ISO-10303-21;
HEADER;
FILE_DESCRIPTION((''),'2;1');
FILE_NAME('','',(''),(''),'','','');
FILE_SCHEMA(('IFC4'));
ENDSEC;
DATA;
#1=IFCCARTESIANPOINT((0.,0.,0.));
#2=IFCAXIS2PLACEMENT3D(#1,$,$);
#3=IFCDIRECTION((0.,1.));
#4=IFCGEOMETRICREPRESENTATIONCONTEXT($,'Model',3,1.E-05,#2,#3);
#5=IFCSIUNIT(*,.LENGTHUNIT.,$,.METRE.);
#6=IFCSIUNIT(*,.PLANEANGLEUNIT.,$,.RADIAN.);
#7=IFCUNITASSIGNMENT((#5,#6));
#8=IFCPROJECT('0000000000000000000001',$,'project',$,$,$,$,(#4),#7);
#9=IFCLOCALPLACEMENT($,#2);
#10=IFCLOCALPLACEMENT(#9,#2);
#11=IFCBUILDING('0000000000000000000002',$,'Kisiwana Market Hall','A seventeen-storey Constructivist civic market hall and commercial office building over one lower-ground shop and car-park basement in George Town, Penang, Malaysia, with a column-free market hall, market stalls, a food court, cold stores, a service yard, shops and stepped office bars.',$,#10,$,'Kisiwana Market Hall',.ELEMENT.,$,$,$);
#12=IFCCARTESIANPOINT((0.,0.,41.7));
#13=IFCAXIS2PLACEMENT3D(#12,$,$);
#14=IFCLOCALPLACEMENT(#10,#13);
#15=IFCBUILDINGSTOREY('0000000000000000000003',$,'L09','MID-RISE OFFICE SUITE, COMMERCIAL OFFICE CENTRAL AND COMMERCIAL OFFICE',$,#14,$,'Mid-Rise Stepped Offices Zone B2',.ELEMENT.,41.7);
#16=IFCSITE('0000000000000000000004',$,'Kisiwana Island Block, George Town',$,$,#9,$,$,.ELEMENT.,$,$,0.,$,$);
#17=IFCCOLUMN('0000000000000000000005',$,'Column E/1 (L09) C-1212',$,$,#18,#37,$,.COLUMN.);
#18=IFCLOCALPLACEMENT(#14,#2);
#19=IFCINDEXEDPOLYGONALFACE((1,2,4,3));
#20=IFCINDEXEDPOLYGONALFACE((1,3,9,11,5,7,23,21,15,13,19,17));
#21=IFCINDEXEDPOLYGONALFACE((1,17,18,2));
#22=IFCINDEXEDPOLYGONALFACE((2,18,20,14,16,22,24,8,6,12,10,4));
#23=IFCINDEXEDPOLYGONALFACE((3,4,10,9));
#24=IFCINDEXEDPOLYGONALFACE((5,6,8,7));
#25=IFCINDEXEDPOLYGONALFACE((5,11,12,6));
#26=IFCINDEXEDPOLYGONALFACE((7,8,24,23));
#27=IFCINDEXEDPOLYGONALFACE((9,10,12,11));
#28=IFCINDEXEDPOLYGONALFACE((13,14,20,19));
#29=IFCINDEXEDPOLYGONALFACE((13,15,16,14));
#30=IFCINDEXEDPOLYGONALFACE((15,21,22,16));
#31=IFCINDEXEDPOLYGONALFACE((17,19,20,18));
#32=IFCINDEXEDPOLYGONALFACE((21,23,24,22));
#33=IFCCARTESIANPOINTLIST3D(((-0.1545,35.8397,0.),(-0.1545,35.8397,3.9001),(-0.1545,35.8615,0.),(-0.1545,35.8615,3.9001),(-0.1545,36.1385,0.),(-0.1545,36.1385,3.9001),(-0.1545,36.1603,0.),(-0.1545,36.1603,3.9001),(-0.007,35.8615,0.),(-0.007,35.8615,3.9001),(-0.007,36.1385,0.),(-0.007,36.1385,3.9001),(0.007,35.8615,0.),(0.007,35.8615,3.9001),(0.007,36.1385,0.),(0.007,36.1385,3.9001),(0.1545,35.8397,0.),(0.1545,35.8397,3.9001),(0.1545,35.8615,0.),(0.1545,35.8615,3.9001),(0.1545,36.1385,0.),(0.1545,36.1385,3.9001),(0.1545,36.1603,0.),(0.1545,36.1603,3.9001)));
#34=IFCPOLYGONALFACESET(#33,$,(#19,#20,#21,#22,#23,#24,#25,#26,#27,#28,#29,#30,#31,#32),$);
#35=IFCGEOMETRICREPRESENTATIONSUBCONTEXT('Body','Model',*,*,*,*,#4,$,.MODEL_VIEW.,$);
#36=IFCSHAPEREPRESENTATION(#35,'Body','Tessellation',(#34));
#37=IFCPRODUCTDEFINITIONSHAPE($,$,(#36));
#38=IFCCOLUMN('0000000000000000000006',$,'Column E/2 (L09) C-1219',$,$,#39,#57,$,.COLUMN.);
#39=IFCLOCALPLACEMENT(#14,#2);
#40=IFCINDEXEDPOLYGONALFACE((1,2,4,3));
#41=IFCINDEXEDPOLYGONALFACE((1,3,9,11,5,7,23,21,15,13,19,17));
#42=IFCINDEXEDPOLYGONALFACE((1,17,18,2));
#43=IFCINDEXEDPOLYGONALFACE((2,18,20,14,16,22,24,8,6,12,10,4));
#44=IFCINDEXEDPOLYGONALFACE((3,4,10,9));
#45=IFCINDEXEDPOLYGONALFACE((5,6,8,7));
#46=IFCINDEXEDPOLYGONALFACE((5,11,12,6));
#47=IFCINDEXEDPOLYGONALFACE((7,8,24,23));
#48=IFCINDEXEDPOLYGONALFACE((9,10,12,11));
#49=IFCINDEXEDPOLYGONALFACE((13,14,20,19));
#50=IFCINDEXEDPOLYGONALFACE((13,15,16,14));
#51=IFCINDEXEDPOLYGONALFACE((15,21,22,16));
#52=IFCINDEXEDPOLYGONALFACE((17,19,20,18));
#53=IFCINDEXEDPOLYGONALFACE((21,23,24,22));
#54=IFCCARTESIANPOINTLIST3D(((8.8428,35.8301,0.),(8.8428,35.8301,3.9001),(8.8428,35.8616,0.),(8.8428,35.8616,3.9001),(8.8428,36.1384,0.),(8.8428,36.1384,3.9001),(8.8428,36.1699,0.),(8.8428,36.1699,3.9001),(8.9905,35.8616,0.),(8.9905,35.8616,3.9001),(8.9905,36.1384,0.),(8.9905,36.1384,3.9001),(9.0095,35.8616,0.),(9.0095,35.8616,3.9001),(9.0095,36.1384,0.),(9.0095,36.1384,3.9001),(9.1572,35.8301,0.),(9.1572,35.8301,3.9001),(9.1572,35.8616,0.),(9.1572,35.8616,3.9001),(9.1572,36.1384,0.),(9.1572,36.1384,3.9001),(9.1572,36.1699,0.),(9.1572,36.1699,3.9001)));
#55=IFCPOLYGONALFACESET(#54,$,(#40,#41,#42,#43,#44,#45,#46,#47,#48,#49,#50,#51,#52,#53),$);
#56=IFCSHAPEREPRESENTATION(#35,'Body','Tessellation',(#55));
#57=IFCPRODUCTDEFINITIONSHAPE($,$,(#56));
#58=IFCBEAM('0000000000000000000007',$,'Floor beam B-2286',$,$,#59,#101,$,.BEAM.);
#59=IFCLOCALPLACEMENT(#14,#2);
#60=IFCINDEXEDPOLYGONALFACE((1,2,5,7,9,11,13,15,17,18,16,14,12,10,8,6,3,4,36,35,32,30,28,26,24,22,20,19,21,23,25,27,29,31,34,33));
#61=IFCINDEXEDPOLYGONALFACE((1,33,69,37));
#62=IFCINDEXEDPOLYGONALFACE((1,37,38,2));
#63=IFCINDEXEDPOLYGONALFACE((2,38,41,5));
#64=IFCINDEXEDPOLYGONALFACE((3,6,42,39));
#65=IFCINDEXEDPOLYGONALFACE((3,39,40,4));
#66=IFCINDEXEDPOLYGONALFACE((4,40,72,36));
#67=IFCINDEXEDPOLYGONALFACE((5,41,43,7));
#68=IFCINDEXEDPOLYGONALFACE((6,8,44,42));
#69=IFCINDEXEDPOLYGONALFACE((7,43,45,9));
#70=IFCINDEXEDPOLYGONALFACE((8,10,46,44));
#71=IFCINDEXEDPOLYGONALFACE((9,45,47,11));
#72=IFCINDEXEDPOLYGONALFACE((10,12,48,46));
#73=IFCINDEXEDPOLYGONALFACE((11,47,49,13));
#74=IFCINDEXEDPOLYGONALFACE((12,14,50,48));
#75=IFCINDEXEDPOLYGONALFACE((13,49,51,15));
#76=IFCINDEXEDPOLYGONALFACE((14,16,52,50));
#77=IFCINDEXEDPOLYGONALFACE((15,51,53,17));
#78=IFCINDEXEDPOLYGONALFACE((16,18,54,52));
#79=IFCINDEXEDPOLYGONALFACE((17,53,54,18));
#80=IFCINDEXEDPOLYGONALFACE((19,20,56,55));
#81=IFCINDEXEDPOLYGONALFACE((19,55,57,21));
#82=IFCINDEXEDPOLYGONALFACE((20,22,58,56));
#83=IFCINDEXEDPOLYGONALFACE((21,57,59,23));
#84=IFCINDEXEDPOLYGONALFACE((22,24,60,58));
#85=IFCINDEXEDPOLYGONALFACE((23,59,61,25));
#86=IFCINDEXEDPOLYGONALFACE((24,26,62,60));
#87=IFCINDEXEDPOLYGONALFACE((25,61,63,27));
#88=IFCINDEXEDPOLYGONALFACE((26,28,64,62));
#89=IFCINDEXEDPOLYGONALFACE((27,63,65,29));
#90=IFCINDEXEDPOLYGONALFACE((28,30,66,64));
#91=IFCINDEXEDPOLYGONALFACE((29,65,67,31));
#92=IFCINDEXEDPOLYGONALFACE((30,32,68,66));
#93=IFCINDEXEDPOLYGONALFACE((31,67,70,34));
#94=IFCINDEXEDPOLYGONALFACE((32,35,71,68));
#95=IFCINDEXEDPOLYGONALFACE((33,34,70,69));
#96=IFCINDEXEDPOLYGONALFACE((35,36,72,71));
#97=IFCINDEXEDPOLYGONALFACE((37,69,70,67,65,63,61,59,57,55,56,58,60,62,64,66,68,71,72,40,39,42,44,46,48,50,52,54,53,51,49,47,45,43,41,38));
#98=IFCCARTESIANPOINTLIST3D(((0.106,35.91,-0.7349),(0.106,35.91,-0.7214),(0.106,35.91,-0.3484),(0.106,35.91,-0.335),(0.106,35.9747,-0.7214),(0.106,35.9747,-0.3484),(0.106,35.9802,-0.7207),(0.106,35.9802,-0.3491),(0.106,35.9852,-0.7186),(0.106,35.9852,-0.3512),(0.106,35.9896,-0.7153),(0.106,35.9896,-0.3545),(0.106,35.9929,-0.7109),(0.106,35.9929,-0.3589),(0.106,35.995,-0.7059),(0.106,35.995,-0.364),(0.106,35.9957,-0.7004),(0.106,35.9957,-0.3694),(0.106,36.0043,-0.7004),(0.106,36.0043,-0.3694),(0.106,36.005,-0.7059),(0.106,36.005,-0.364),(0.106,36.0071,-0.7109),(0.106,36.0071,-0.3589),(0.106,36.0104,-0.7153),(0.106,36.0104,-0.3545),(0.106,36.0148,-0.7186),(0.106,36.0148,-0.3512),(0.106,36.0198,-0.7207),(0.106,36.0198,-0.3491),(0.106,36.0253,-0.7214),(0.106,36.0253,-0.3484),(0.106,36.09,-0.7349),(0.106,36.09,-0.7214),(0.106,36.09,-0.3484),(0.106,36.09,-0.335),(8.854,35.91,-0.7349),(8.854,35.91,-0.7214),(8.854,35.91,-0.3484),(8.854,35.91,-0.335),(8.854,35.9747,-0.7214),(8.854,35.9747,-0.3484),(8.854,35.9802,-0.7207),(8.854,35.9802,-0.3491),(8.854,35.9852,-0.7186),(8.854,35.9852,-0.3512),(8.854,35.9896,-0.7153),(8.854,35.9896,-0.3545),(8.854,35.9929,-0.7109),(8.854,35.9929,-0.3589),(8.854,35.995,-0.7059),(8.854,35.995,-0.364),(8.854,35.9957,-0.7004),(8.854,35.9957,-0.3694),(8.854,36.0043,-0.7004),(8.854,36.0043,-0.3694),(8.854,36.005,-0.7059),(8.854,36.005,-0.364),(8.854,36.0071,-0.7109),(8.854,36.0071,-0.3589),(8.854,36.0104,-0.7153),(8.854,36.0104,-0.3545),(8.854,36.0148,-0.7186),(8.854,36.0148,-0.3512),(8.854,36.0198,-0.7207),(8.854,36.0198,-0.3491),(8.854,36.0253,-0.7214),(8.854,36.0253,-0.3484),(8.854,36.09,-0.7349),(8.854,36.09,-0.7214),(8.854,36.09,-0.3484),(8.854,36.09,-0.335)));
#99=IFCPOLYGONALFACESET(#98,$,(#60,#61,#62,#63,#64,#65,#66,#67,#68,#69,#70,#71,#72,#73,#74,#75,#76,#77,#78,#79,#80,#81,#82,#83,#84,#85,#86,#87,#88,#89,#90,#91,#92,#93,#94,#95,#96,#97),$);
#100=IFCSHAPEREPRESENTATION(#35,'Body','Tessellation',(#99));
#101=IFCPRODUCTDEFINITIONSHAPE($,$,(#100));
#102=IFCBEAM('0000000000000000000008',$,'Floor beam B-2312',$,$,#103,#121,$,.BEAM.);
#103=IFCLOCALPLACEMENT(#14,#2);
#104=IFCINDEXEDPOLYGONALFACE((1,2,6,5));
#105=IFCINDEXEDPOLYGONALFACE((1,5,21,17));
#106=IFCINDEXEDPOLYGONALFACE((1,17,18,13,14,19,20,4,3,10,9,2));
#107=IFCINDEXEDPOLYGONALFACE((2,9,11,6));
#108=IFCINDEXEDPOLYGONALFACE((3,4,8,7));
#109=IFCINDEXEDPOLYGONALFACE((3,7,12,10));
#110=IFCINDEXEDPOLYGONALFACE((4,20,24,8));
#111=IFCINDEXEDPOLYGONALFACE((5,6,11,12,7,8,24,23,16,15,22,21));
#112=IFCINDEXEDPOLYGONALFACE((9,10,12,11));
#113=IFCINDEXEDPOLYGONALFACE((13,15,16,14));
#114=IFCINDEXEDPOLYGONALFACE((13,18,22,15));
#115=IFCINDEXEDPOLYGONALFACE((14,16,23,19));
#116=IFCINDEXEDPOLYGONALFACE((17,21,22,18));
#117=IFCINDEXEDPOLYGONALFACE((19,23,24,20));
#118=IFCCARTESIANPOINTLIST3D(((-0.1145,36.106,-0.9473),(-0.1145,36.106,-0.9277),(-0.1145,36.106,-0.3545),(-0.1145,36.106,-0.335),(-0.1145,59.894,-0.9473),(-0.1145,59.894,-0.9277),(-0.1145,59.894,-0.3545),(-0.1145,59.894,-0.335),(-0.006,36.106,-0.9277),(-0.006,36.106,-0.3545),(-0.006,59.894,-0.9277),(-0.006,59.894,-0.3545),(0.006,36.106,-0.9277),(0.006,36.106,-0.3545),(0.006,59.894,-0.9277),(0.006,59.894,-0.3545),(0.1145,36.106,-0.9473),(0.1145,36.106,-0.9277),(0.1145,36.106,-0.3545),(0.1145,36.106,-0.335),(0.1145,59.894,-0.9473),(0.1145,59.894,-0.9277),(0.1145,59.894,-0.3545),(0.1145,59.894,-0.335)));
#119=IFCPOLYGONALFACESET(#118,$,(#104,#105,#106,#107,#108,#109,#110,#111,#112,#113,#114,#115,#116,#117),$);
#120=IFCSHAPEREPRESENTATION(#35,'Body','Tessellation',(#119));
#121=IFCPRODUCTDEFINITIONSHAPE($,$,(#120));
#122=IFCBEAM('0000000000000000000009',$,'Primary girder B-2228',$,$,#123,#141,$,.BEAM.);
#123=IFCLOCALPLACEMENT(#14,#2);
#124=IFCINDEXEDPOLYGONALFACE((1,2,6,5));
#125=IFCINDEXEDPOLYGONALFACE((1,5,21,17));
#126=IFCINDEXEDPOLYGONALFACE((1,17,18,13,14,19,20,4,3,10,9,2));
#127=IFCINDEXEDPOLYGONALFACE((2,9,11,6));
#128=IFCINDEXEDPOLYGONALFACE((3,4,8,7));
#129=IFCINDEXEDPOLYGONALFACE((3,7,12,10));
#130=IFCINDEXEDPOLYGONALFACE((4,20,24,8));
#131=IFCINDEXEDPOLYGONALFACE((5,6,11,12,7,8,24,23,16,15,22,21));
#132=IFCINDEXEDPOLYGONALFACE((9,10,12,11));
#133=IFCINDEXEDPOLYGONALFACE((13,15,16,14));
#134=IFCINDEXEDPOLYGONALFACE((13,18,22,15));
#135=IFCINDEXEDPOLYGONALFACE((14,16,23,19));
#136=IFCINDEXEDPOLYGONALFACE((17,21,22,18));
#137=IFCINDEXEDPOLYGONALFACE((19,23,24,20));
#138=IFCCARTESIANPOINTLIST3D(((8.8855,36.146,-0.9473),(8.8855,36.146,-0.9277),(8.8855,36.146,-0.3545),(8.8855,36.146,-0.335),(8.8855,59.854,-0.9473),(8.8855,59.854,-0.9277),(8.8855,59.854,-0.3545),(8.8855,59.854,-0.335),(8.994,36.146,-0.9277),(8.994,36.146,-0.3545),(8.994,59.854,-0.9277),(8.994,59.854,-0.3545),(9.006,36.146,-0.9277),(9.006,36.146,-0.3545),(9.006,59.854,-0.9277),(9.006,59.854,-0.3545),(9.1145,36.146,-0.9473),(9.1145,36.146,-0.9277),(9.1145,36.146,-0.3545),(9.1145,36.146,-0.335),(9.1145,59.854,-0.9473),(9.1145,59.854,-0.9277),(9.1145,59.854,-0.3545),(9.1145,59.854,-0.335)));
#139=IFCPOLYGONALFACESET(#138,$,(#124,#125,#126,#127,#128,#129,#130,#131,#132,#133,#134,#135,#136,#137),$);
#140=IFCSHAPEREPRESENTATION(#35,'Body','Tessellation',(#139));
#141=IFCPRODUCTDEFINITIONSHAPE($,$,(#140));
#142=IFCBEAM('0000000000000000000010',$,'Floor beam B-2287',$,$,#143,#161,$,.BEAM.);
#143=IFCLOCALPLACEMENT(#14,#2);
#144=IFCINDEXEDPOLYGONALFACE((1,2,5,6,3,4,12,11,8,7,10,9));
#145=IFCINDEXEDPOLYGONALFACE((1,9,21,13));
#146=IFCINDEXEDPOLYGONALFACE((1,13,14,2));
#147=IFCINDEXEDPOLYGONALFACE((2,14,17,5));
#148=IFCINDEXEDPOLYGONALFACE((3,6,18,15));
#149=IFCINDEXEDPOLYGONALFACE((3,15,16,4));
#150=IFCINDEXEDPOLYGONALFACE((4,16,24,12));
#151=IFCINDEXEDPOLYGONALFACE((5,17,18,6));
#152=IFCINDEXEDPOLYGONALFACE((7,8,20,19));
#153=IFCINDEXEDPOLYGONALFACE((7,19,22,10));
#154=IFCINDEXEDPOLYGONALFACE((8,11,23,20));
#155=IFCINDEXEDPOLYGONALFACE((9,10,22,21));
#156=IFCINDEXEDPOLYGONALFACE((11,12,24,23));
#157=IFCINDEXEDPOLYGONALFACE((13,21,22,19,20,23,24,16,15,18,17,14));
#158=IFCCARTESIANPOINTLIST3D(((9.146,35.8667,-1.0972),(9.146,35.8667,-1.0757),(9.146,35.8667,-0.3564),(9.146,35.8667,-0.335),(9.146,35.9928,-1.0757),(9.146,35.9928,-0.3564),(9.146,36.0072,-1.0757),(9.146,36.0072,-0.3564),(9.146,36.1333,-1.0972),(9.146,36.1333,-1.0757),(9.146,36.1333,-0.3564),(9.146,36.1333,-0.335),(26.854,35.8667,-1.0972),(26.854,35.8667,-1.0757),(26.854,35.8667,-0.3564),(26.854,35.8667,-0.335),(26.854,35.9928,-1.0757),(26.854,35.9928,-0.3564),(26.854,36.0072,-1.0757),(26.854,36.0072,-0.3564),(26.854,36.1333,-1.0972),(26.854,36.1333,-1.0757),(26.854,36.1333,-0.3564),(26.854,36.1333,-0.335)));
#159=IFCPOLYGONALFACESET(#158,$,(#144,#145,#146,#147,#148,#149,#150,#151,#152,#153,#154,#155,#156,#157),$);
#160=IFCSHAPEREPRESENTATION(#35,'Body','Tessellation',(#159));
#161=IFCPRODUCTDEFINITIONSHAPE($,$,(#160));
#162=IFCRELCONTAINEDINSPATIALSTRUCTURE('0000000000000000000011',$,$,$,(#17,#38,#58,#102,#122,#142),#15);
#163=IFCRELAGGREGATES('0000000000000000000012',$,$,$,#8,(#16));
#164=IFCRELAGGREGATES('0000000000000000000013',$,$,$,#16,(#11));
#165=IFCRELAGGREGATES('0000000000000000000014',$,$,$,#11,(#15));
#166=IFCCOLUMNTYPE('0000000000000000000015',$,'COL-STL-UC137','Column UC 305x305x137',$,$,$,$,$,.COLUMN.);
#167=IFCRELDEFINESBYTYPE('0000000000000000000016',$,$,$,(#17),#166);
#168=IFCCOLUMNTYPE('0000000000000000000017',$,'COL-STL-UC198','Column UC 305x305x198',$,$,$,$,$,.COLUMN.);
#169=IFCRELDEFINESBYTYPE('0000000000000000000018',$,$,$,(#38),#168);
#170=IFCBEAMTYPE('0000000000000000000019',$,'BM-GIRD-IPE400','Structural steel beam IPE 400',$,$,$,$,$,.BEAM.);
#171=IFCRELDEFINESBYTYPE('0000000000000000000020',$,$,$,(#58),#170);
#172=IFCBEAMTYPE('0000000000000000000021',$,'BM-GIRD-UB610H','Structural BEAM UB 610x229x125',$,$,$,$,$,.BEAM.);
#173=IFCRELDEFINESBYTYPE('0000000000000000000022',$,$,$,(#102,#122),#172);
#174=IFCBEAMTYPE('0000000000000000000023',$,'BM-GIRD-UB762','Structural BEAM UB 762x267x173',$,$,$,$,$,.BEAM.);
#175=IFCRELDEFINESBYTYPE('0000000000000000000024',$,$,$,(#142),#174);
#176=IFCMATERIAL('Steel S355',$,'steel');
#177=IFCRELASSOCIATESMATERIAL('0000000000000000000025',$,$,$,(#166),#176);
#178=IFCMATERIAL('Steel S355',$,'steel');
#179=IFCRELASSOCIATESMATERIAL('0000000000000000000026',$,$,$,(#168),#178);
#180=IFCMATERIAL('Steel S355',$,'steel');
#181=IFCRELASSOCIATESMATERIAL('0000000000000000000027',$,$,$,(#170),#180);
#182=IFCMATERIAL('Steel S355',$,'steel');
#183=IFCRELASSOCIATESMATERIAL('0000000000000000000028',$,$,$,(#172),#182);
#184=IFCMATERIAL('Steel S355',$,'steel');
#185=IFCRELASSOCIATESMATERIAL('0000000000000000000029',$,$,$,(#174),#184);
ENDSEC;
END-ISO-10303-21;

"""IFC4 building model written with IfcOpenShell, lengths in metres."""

from ifc_helpers import new_model, si_unit, direction, frame, origin, origin_2d, place, context, subcontext, project, spatial, i_section, extrude, material, material_profile, profile_set, type_object, element, save


model = new_model("IFC4")

# Units and contexts
model_context = context("Model", 3, precision=1e-05, world=origin(), true_north=direction((0.0, 1.0)))
body_context = subcontext(model_context, "Body", "Model", "MODEL_VIEW")
ifc_project = project(units=[si_unit("LENGTHUNIT", "METRE"), si_unit("PLANEANGLEUNIT", "RADIAN")], contexts=[model_context])

# Site, building, storey
site_placement = place(None, origin())
site = spatial("IfcSite", under=ifc_project, at=site_placement, Name="Kisiwana Island Block, George Town", CompositionType="ELEMENT", RefElevation=0.0)
building_placement = place(site_placement, origin())
building = spatial("IfcBuilding", under=site, at=building_placement, Name="Kisiwana Market Hall", Description="A seventeen-storey Constructivist civic market hall and commercial office building over one lower-ground shop and car-park basement in George Town, Penang, Malaysia, with a column-free market hall, market stalls, a food court, cold stores, a service yard, shops and stepped office bars.", LongName="Kisiwana Market Hall", CompositionType="ELEMENT")
storey_placement = place(building_placement, frame((0.0, 0.0, 41.7)))
storey = spatial("IfcBuildingStorey", under=building, at=storey_placement, Name="L09", Description="MID-RISE OFFICE SUITE, COMMERCIAL OFFICE CENTRAL AND COMMERCIAL OFFICE", LongName="Mid-Rise Stepped Offices Zone B2", CompositionType="ELEMENT", Elevation=41.7)

# Columns
ifc_material_1 = material(Name="Steel S355", Category="steel")
ifc_material_profile_1 = material_profile(ifc_material_1, i_section(OverallWidth=0.3091, OverallDepth=0.3206, WebThickness=0.0139, FlangeThickness=0.0217, at=origin_2d()), Name="UC 305x305x137")
ifc_profile_set_1 = profile_set([ifc_material_profile_1], Name="Steel S355")
column_type_1 = type_object("IfcColumnType", Name="COL-STL-UC137", Description="Column UC 305x305x137", PredefinedType="COLUMN", material=ifc_profile_set_1)
column_1_placement = place(storey_placement, frame((0.0, 36.0, 0.0), z_axis=(0.0, 0.0, 1.0), x_axis=(1.0, 0.0, 0.0)))
element("IfcColumn", 1, at=column_1_placement, inside=storey, type_object=column_type_1, Name="Column E/1 (L09) C-1212", PredefinedType="COLUMN", context=body_context, shape_type="SweptSolid", body=[
    extrude(i_section(OverallWidth=0.3091, OverallDepth=0.3206, WebThickness=0.0139, FlangeThickness=0.0217, at=origin_2d()), origin(), (0.0, 0.0, 1.0), 3.9001),
])
ifc_material_2 = material(Name="Steel S355", Category="steel")
ifc_material_profile_2 = material_profile(ifc_material_2, i_section(OverallWidth=0.3145, OverallDepth=0.3398, WebThickness=0.019, FlangeThickness=0.0315, at=origin_2d()), Name="UC 305x305x198")
ifc_profile_set_2 = profile_set([ifc_material_profile_2], Name="Steel S355")
column_type_2 = type_object("IfcColumnType", Name="COL-STL-UC198", Description="Column UC 305x305x198", PredefinedType="COLUMN", material=ifc_profile_set_2)
column_2_placement = place(storey_placement, frame((9.0, 36.0, 0.0), z_axis=(0.0, 0.0, 1.0), x_axis=(1.0, 0.0, 0.0)))
element("IfcColumn", 2, at=column_2_placement, inside=storey, type_object=column_type_2, Name="Column E/2 (L09) C-1219", PredefinedType="COLUMN", context=body_context, shape_type="SweptSolid", body=[
    extrude(i_section(OverallWidth=0.3145, OverallDepth=0.3398, WebThickness=0.019, FlangeThickness=0.0315, at=origin_2d()), origin(), (0.0, 0.0, 1.0), 3.9001),
])

# Beams
ifc_material_3 = material(Name="Steel S355", Category="steel")
ifc_material_profile_3 = material_profile(ifc_material_3, i_section(OverallWidth=0.1799, OverallDepth=0.3999, WebThickness=0.0085, FlangeThickness=0.0134, FilletRadius=0.021, at=origin_2d()), Name="IPE 400")
ifc_profile_set_3 = profile_set([ifc_material_profile_3], Name="Steel S355")
beam_type_1 = type_object("IfcBeamType", Name="BM-GIRD-IPE400", Description="Structural steel beam IPE 400", PredefinedType="BEAM", material=ifc_profile_set_3)
beam_1_placement = place(storey_placement, frame((0.106, 36.0, -0.5349), z_axis=(1.0, 0.0, 0.0), x_axis=(0.0, 1.0, 0.0)))
element("IfcBeam", 3, at=beam_1_placement, inside=storey, type_object=beam_type_1, Name="Floor beam B-2286", PredefinedType="BEAM", context=body_context, shape_type="SweptSolid", body=[
    extrude(i_section(OverallWidth=0.1799, OverallDepth=0.3999, WebThickness=0.0085, FlangeThickness=0.0134, FilletRadius=0.021, at=origin_2d()), origin(), (0.0, 0.0, 1.0), 8.748),
])
ifc_material_4 = material(Name="Steel S355", Category="steel")
ifc_material_profile_4 = material_profile(ifc_material_4, i_section(OverallWidth=0.229, OverallDepth=0.6123, WebThickness=0.012, FlangeThickness=0.0195, at=origin_2d()), Name="UB 610x229x125")
ifc_profile_set_4 = profile_set([ifc_material_profile_4], Name="Steel S355")
beam_type_2 = type_object("IfcBeamType", Name="BM-GIRD-UB610H", Description="Structural BEAM UB 610x229x125", PredefinedType="BEAM", material=ifc_profile_set_4)
beam_2_placement = place(storey_placement, frame((0.0, 36.106, -0.6411), z_axis=(0.0, 1.0, 0.0), x_axis=(-1.0, 0.0, 0.0)))
element("IfcBeam", 4, at=beam_2_placement, inside=storey, type_object=beam_type_2, Name="Floor beam B-2312", PredefinedType="BEAM", context=body_context, shape_type="SweptSolid", body=[
    extrude(i_section(OverallWidth=0.229, OverallDepth=0.6123, WebThickness=0.012, FlangeThickness=0.0195, at=origin_2d()), origin(), (0.0, 0.0, 1.0), 23.7881),
])
beam_3_placement = place(storey_placement, frame((9.0, 36.146, -0.6411), z_axis=(0.0, 1.0, 0.0), x_axis=(-1.0, 0.0, 0.0)))
element("IfcBeam", 5, at=beam_3_placement, inside=storey, type_object=beam_type_2, Name="Primary girder B-2228", PredefinedType="BEAM", context=body_context, shape_type="SweptSolid", body=[
    extrude(i_section(OverallWidth=0.229, OverallDepth=0.6123, WebThickness=0.012, FlangeThickness=0.0195, at=origin_2d()), origin(), (0.0, 0.0, 1.0), 23.708),
])
ifc_material_5 = material(Name="Steel S355", Category="steel")
ifc_material_profile_5 = material_profile(ifc_material_5, i_section(OverallWidth=0.2666, OverallDepth=0.7622, WebThickness=0.0144, FlangeThickness=0.0215, at=origin_2d()), Name="UB 762x267x173")
ifc_profile_set_5 = profile_set([ifc_material_profile_5], Name="Steel S355")
beam_type_3 = type_object("IfcBeamType", Name="BM-GIRD-UB762", Description="Structural BEAM UB 762x267x173", PredefinedType="BEAM", material=ifc_profile_set_5)
beam_4_placement = place(storey_placement, frame((9.146, 36.0, -0.7161), z_axis=(1.0, 0.0, 0.0), x_axis=(0.0, 1.0, 0.0)))
element("IfcBeam", 6, at=beam_4_placement, inside=storey, type_object=beam_type_3, Name="Floor beam B-2287", PredefinedType="BEAM", context=body_context, shape_type="SweptSolid", body=[
    extrude(i_section(OverallWidth=0.2666, OverallDepth=0.7622, WebThickness=0.0144, FlangeThickness=0.0215, at=origin_2d()), origin(), (0.0, 0.0, 1.0), 17.708),
])

save(model, "model.ifc")
